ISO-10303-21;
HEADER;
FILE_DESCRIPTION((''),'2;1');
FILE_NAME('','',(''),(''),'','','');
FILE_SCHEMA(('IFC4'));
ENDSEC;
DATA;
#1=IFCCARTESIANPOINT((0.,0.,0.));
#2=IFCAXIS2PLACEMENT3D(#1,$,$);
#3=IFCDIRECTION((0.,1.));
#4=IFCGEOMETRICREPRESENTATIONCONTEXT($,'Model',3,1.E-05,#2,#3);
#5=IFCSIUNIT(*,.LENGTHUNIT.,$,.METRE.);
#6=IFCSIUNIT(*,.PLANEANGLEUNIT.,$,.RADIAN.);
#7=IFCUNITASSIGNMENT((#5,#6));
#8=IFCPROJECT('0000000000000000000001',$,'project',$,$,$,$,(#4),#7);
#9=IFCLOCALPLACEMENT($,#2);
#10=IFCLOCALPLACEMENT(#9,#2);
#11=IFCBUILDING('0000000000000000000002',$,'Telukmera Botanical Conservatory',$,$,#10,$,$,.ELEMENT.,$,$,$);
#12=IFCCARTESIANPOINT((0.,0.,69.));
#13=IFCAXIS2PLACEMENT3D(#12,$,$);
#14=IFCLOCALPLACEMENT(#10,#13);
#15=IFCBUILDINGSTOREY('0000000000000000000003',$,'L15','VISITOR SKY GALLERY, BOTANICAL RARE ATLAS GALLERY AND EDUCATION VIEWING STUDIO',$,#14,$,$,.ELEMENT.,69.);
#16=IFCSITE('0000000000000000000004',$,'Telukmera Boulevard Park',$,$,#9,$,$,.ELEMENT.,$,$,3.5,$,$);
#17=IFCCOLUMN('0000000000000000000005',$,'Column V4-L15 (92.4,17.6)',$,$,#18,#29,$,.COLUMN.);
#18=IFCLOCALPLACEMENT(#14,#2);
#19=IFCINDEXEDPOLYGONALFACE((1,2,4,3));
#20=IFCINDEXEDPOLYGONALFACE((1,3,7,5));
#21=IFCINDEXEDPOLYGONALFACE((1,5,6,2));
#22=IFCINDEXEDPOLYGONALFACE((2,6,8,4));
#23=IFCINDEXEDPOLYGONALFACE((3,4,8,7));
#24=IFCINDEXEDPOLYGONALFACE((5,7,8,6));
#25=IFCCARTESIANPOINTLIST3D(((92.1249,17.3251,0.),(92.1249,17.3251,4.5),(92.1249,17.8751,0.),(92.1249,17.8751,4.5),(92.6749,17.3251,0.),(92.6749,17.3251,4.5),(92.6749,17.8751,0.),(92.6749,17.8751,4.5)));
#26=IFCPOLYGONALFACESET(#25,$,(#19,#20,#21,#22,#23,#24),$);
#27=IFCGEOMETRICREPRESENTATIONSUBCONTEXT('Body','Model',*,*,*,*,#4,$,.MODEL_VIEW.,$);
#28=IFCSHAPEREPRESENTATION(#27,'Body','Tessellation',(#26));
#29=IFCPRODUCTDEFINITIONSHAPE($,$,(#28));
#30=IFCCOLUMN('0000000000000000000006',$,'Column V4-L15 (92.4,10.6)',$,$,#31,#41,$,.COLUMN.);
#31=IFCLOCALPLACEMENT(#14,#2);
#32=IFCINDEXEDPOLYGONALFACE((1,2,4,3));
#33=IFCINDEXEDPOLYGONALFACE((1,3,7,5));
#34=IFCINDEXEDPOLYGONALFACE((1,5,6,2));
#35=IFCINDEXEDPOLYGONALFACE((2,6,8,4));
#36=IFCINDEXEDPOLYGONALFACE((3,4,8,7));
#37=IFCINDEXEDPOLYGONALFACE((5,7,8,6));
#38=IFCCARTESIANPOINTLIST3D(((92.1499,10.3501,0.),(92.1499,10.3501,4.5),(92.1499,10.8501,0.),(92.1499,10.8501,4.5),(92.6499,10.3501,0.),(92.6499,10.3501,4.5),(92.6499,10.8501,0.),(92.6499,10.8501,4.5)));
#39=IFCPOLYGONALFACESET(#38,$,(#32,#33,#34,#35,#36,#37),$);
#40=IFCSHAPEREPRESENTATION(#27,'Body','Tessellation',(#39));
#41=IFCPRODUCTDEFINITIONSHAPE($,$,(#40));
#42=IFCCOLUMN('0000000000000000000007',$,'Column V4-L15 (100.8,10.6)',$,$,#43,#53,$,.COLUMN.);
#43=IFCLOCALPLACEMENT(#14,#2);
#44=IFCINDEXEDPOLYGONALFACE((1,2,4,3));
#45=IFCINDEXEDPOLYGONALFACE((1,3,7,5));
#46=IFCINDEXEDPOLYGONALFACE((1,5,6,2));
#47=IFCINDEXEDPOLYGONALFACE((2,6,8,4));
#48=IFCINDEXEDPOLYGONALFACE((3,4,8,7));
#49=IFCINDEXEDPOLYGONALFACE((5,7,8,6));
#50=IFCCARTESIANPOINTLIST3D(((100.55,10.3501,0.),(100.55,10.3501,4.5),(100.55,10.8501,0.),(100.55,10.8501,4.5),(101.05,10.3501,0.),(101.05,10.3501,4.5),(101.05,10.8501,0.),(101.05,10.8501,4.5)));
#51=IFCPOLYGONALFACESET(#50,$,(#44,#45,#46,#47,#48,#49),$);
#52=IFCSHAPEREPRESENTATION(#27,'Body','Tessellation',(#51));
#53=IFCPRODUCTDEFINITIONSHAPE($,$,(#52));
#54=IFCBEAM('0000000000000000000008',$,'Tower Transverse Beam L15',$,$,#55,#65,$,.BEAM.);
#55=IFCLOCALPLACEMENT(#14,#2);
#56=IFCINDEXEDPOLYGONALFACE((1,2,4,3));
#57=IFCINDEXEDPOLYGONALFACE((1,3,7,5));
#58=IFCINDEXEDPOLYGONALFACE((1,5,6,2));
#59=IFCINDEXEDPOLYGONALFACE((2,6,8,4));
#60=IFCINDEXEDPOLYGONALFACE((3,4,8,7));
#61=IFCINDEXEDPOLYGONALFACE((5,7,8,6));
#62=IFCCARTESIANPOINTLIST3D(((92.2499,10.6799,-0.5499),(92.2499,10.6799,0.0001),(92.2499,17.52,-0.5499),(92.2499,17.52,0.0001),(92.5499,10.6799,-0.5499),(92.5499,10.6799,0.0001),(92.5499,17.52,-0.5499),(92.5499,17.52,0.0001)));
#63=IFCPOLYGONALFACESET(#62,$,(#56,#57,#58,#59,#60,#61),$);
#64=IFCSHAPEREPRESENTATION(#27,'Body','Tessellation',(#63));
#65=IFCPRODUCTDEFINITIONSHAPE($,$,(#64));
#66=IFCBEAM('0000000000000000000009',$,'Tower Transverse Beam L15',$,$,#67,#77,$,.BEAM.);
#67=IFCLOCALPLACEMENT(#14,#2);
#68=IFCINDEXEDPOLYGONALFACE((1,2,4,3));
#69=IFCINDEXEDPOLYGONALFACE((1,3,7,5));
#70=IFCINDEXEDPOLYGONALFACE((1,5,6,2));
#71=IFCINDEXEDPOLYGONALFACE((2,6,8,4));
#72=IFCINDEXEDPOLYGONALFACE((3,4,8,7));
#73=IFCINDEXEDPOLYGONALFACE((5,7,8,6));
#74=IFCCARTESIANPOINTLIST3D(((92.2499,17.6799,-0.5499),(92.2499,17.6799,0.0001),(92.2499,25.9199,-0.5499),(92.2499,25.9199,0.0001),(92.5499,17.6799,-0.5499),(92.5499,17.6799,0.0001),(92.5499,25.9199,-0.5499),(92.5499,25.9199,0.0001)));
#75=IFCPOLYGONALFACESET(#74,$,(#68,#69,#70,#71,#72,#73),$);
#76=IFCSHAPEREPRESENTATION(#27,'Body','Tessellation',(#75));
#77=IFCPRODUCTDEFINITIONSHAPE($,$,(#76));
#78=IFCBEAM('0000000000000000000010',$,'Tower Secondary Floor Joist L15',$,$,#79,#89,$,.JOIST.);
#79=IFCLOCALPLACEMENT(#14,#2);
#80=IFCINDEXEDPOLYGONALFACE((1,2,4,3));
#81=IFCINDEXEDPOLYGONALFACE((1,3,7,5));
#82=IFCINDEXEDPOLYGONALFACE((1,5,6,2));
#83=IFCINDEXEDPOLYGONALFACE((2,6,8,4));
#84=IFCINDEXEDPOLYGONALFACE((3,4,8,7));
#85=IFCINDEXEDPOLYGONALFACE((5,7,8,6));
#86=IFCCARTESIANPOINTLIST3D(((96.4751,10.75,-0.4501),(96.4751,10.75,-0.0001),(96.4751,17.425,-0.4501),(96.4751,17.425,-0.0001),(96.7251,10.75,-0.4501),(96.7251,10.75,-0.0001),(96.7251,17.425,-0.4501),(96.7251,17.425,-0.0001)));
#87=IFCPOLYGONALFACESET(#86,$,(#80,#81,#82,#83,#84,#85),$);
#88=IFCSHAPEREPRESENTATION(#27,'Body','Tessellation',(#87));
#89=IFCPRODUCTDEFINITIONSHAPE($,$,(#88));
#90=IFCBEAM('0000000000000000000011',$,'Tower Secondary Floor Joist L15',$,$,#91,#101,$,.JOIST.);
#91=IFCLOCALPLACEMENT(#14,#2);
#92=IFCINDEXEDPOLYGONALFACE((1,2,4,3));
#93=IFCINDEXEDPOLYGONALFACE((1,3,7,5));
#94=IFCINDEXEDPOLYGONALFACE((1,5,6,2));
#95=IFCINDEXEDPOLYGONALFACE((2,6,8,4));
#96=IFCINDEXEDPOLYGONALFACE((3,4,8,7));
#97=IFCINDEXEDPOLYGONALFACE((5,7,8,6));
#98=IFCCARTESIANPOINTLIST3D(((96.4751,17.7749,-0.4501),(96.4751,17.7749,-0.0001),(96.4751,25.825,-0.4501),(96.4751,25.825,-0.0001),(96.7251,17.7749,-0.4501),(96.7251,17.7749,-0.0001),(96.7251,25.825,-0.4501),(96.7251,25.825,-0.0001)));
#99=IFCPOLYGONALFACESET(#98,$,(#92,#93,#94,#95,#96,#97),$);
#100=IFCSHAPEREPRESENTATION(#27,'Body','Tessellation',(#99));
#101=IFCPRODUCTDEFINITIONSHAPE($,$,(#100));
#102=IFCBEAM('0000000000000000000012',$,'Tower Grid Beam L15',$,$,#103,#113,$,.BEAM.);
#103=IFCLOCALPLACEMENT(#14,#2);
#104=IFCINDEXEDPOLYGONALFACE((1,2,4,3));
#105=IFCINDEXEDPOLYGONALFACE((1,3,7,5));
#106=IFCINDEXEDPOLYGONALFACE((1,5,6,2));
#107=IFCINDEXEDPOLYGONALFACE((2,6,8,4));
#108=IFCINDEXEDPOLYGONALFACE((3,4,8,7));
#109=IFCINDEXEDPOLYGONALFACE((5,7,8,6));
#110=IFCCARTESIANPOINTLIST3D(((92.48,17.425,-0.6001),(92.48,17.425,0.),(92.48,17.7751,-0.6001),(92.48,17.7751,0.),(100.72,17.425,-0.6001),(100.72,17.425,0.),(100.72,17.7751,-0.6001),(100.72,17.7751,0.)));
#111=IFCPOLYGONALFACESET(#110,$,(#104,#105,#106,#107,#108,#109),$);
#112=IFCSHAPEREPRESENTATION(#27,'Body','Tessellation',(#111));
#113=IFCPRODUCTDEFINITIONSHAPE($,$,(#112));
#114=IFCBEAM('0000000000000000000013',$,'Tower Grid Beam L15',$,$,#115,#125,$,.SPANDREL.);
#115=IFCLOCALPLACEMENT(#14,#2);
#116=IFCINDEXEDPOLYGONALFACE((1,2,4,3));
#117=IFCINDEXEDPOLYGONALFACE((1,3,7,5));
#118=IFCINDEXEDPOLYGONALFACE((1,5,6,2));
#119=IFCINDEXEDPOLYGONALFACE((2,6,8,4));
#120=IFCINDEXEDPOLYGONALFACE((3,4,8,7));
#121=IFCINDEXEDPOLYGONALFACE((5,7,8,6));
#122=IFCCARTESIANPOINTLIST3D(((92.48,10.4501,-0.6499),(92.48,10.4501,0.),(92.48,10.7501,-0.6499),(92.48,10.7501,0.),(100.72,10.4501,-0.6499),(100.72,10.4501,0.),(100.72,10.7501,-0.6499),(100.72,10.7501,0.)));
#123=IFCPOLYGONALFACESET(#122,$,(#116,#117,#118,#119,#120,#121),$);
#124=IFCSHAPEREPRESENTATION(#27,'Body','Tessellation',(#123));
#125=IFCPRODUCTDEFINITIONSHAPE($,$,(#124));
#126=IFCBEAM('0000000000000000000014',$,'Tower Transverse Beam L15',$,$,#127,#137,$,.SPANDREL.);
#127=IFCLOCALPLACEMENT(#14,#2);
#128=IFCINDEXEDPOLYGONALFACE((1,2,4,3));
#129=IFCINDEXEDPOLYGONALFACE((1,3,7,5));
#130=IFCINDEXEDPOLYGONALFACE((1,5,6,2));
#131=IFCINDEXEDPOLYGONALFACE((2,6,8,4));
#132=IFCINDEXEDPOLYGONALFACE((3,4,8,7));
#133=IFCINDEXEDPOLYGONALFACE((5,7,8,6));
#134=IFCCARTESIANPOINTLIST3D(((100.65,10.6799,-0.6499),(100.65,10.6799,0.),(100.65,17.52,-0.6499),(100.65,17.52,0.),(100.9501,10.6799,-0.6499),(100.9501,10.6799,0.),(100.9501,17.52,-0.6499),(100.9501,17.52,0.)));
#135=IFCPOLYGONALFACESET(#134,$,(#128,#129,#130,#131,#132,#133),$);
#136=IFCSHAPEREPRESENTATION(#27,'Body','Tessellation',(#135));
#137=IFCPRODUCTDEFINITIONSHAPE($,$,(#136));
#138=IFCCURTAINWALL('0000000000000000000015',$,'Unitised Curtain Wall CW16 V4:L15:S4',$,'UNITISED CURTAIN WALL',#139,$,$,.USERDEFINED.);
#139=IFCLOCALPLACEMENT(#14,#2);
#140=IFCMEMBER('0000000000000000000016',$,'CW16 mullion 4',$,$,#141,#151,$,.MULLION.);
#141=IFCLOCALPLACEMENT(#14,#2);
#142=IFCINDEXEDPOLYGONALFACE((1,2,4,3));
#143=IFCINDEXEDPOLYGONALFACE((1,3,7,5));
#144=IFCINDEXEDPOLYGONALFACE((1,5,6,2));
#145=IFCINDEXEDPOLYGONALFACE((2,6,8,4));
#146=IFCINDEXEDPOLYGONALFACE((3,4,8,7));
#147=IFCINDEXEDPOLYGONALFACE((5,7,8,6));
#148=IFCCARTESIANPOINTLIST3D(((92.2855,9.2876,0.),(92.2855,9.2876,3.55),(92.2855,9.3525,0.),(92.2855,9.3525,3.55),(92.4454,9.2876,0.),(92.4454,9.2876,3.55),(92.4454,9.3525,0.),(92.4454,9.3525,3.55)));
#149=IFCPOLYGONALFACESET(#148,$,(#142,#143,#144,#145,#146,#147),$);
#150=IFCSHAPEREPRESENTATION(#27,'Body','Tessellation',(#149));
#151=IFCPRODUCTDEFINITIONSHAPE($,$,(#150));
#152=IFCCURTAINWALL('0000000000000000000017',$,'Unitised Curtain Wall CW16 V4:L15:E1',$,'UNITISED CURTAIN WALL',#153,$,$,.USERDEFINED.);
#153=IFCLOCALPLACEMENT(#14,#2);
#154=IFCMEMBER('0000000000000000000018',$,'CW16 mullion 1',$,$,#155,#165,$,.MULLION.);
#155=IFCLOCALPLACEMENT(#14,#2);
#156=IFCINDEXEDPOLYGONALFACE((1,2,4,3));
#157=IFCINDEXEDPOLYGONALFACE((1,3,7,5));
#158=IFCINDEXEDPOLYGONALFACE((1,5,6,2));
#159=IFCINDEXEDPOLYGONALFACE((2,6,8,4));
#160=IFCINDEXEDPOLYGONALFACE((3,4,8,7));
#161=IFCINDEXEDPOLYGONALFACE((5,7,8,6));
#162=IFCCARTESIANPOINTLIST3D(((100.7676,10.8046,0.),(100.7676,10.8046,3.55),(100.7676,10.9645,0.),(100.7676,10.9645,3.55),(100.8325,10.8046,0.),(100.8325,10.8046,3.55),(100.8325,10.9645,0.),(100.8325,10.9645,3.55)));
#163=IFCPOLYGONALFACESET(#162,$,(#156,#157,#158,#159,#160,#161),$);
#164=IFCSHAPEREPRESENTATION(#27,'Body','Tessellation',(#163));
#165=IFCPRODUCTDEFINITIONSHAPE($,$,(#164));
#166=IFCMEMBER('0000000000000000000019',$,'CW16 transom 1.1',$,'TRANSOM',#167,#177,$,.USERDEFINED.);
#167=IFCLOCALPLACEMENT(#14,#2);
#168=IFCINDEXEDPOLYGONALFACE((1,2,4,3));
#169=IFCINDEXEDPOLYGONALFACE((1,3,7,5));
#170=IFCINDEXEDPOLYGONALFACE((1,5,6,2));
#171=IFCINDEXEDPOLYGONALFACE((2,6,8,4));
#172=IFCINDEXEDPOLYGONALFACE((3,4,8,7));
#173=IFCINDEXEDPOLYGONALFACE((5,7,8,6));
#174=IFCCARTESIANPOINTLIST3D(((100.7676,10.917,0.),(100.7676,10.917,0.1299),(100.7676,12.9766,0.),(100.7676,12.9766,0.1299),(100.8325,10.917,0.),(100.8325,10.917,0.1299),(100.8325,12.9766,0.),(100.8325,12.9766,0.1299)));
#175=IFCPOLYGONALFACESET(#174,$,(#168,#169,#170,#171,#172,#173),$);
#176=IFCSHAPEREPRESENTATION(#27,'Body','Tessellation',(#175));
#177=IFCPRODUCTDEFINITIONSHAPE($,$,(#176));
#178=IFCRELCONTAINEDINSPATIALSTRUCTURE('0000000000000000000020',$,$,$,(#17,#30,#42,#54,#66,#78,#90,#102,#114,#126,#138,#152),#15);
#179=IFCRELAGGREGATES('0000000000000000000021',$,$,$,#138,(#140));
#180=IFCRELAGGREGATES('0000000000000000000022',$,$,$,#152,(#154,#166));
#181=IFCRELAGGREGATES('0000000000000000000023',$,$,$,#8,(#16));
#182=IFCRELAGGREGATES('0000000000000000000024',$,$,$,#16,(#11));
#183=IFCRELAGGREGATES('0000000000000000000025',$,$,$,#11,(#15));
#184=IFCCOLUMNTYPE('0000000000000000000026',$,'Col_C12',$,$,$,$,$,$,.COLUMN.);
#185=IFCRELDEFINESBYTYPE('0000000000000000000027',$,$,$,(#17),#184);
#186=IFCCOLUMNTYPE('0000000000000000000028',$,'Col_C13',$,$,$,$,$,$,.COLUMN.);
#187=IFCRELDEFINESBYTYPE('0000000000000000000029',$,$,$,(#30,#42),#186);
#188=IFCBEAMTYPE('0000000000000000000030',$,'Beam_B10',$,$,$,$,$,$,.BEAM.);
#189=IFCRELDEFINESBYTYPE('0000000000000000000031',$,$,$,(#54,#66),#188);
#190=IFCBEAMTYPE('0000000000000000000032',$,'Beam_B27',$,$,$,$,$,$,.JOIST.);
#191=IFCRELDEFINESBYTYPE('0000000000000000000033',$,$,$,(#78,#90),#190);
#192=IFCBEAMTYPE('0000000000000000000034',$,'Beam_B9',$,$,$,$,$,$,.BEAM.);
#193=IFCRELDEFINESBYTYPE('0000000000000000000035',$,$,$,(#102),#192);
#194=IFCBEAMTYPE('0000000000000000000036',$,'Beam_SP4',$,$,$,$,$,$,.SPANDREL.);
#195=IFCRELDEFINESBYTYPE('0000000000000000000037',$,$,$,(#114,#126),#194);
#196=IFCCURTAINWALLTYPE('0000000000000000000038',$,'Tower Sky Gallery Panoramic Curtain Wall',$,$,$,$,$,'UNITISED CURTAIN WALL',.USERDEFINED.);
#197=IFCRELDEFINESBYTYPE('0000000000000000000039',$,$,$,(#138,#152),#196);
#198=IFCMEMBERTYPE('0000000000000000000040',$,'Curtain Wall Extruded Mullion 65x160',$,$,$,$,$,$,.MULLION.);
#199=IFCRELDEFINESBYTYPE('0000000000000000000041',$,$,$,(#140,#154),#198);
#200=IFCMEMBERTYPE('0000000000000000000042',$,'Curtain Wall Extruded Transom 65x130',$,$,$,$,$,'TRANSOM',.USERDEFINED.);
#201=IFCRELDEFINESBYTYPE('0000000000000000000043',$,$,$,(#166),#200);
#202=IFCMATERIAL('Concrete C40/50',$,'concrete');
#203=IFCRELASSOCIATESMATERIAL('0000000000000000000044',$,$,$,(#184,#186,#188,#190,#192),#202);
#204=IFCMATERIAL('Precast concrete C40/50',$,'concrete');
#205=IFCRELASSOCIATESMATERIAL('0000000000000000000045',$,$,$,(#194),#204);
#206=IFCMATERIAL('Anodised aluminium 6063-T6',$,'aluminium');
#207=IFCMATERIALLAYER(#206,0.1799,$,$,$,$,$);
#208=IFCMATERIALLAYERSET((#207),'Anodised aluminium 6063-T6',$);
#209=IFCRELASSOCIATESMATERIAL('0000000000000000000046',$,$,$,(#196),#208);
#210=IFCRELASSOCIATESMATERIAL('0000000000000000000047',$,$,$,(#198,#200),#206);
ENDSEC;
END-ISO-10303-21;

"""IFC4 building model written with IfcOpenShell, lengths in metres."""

from ifc_helpers import new_model, si_unit, direction, frame, origin, origin_2d, place, context, subcontext, project, spatial, rectangle, extrude, material, layer, layer_set, material_profile, profile_set, type_object, element, aggregate, save


model = new_model("IFC4")

# Units and contexts
model_context = context("Model", 3, precision=1e-05, world=origin(), true_north=direction((0.0, 1.0)))
body_context = subcontext(model_context, "Body", "Model", "MODEL_VIEW")
ifc_project = project(units=[si_unit("LENGTHUNIT", "METRE"), si_unit("PLANEANGLEUNIT", "RADIAN")], contexts=[model_context])

# Site, building, storey
site_placement = place(None, origin())
site = spatial("IfcSite", under=ifc_project, at=site_placement, Name="Telukmera Boulevard Park", CompositionType="ELEMENT", RefElevation=3.5)
building_placement = place(site_placement, origin())
building = spatial("IfcBuilding", under=site, at=building_placement, Name="Telukmera Botanical Conservatory", CompositionType="ELEMENT")
storey_placement = place(building_placement, frame((0.0, 0.0, 69.0)))
storey = spatial("IfcBuildingStorey", under=building, at=storey_placement, Name="L15", Description="VISITOR SKY GALLERY, BOTANICAL RARE ATLAS GALLERY AND EDUCATION VIEWING STUDIO", CompositionType="ELEMENT", Elevation=69.0)

# Columns
ifc_material_1 = material(Name="Concrete C40/50", Category="concrete")
ifc_material_profile_1 = material_profile(ifc_material_1, rectangle(XDim=0.55, YDim=0.55, at=origin_2d()), Name="RC 550x550")
ifc_profile_set_1 = profile_set([ifc_material_profile_1], Name="Concrete C40/50")
column_type_1 = type_object("IfcColumnType", Name="Col_C12", PredefinedType="COLUMN", material=ifc_profile_set_1)
column_placement = place(storey_placement, frame((92.3999, 17.6001, 0.0), z_axis=(0.0, 0.0, 1.0), x_axis=(1.0, 0.0, 0.0)))
element("IfcColumn", 1, at=column_placement, inside=storey, type_object=column_type_1, Name="Column V4-L15 (92.4,17.6)", PredefinedType="COLUMN", context=body_context, shape_type="SweptSolid", body=[
    extrude(rectangle(XDim=0.55, YDim=0.55, at=origin_2d()), origin(), (0.0, 0.0, 1.0), 4.5),
])
ifc_material_profile_2 = material_profile(ifc_material_1, rectangle(XDim=0.5, YDim=0.5, at=origin_2d()), Name="RC 500x500")
ifc_profile_set_2 = profile_set([ifc_material_profile_2], Name="Concrete C40/50")
column_type_2 = type_object("IfcColumnType", Name="Col_C13", PredefinedType="COLUMN", material=ifc_profile_set_2)
for number, where, z_axis, x_axis, name in (
    (2, (92.3999, 10.6001, 0.0), (0.0, 0.0, 1.0), (1.0, 0.0, 0.0), "Column V4-L15 (92.4,10.6)"),
    (3, (100.8, 10.6001, 0.0), (0.0, 0.0, 1.0), (1.0, 0.0, 0.0), "Column V4-L15 (100.8,10.6)"),
):
    element("IfcColumn", number, at=place(storey_placement, frame(where, z_axis=z_axis, x_axis=x_axis)), inside=storey, type_object=column_type_2, Name=name, PredefinedType="COLUMN", context=body_context, shape_type="SweptSolid", body=[
        extrude(rectangle(XDim=0.5, YDim=0.5, at=origin_2d()), origin(), (0.0, 0.0, 1.0), 4.5),
    ])

# Beams
ifc_material_profile_3 = material_profile(ifc_material_1, rectangle(XDim=0.3, YDim=0.55, at=origin_2d()), Name="RC 300x550")
ifc_profile_set_3 = profile_set([ifc_material_profile_3], Name="Concrete C40/50")
beam_type_1 = type_object("IfcBeamType", Name="Beam_B10", PredefinedType="BEAM", material=ifc_profile_set_3)
beam_1_placement = place(storey_placement, frame((92.3999, 10.6799, -0.2749), z_axis=(0.0, 1.0, 0.0), x_axis=(-1.0, 0.0, 0.0)))
element("IfcBeam", 4, at=beam_1_placement, inside=storey, type_object=beam_type_1, Name="Tower Transverse Beam L15", PredefinedType="BEAM", context=body_context, shape_type="SweptSolid", body=[
    extrude(rectangle(XDim=0.3, YDim=0.55, at=origin_2d()), origin(), (0.0, 0.0, 1.0), 6.8401),
])
beam_2_placement = place(storey_placement, frame((92.3999, 17.6799, -0.2749), z_axis=(0.0, 1.0, 0.0), x_axis=(-1.0, 0.0, 0.0)))
element("IfcBeam", 5, at=beam_2_placement, inside=storey, type_object=beam_type_1, Name="Tower Transverse Beam L15", PredefinedType="BEAM", context=body_context, shape_type="SweptSolid", body=[
    extrude(rectangle(XDim=0.3, YDim=0.55, at=origin_2d()), origin(), (0.0, 0.0, 1.0), 8.24),
])
ifc_material_profile_4 = material_profile(ifc_material_1, rectangle(XDim=0.25, YDim=0.45, at=origin_2d()), Name="RC 250x450")
ifc_profile_set_4 = profile_set([ifc_material_profile_4], Name="Concrete C40/50")
beam_type_2 = type_object("IfcBeamType", Name="Beam_B27", PredefinedType="JOIST", material=ifc_profile_set_4)
beam_3_placement = place(storey_placement, frame((96.6001, 10.75, -0.2251), z_axis=(0.0, 1.0, 0.0), x_axis=(-1.0, 0.0, 0.0)))
element("IfcBeam", 6, at=beam_3_placement, inside=storey, type_object=beam_type_2, Name="Tower Secondary Floor Joist L15", PredefinedType="JOIST", context=body_context, shape_type="SweptSolid", body=[
    extrude(rectangle(XDim=0.25, YDim=0.45, at=origin_2d()), origin(), (0.0, 0.0, 1.0), 6.675),
])
beam_4_placement = place(storey_placement, frame((96.6001, 17.7749, -0.2251), z_axis=(0.0, 1.0, 0.0), x_axis=(-1.0, 0.0, 0.0)))
element("IfcBeam", 7, at=beam_4_placement, inside=storey, type_object=beam_type_2, Name="Tower Secondary Floor Joist L15", PredefinedType="JOIST", context=body_context, shape_type="SweptSolid", body=[
    extrude(rectangle(XDim=0.25, YDim=0.45, at=origin_2d()), origin(), (0.0, 0.0, 1.0), 8.05),
])
ifc_material_profile_5 = material_profile(ifc_material_1, rectangle(XDim=0.3501, YDim=0.6001, at=origin_2d()), Name="RC 350x600")
ifc_profile_set_5 = profile_set([ifc_material_profile_5], Name="Concrete C40/50")
beam_type_3 = type_object("IfcBeamType", Name="Beam_B9", PredefinedType="BEAM", material=ifc_profile_set_5)
beam_5_placement = place(storey_placement, frame((92.48, 17.6001, -0.3), z_axis=(1.0, 0.0, 0.0), x_axis=(0.0, 1.0, 0.0)))
element("IfcBeam", 8, at=beam_5_placement, inside=storey, type_object=beam_type_3, Name="Tower Grid Beam L15", PredefinedType="BEAM", context=body_context, shape_type="SweptSolid", body=[
    extrude(rectangle(XDim=0.3501, YDim=0.6001, at=origin_2d()), origin(), (0.0, 0.0, 1.0), 8.24),
])
ifc_material_2 = material(Name="Precast concrete C40/50", Category="concrete")
ifc_material_profile_6 = material_profile(ifc_material_2, rectangle(XDim=0.3, YDim=0.6499, at=origin_2d()), Name="PC 300x650")
ifc_profile_set_6 = profile_set([ifc_material_profile_6], Name="Precast concrete C40/50")
beam_type_4 = type_object("IfcBeamType", Name="Beam_SP4", PredefinedType="SPANDREL", material=ifc_profile_set_6)
beam_6_placement = place(storey_placement, frame((92.48, 10.6001, -0.325), z_axis=(1.0, 0.0, 0.0), x_axis=(0.0, 1.0, 0.0)))
element("IfcBeam", 9, at=beam_6_placement, inside=storey, type_object=beam_type_4, Name="Tower Grid Beam L15", PredefinedType="SPANDREL", context=body_context, shape_type="SweptSolid", body=[
    extrude(rectangle(XDim=0.3, YDim=0.6499, at=origin_2d()), origin(), (0.0, 0.0, 1.0), 8.24),
])
beam_7_placement = place(storey_placement, frame((100.8, 10.6799, -0.325), z_axis=(0.0, 1.0, 0.0), x_axis=(-1.0, 0.0, 0.0)))
element("IfcBeam", 10, at=beam_7_placement, inside=storey, type_object=beam_type_4, Name="Tower Transverse Beam L15", PredefinedType="SPANDREL", context=body_context, shape_type="SweptSolid", body=[
    extrude(rectangle(XDim=0.3, YDim=0.6499, at=origin_2d()), origin(), (0.0, 0.0, 1.0), 6.8401),
])

# Curtain wall, member
ifc_material_3 = material(Name="Anodised aluminium 6063-T6", Category="aluminium")
ifc_layer_1 = layer(ifc_material_3, 0.1799)
ifc_layer_set_1 = layer_set([ifc_layer_1], Name="Anodised aluminium 6063-T6")
curtain_wall_type = type_object("IfcCurtainWallType", Name="Tower Sky Gallery Panoramic Curtain Wall", ElementType="UNITISED CURTAIN WALL", PredefinedType="USERDEFINED", material=ifc_layer_set_1)
curtain_wall_1_placement = place(storey_placement, origin())
curtain_wall_1 = element("IfcCurtainWall", 11, at=curtain_wall_1_placement, inside=storey, type_object=curtain_wall_type, Name="Unitised Curtain Wall CW16 V4:L15:S4", ObjectType="UNITISED CURTAIN WALL", PredefinedType="USERDEFINED")
ifc_material_profile_7 = material_profile(ifc_material_3, rectangle(XDim=0.0649, YDim=0.1599, at=origin_2d()), Name="ALU MULL 65x160")
ifc_profile_set_7 = profile_set([ifc_material_profile_7], Name="Anodised aluminium 6063-T6")
member_type_1 = type_object("IfcMemberType", Name="Curtain Wall Extruded Mullion 65x160", PredefinedType="MULLION", material=ifc_profile_set_7)
member_1_placement = place(storey_placement, frame((92.3655, 9.3201, 0.0), z_axis=(0.0, 0.0, 1.0), x_axis=(0.0, 1.0, 0.0)))
member_1 = element("IfcMember", 12, at=member_1_placement, type_object=member_type_1, Name="CW16 mullion 4", PredefinedType="MULLION", context=body_context, shape_type="SweptSolid", body=[
    extrude(rectangle(XDim=0.0649, YDim=0.1599, at=origin_2d()), origin(), (0.0, 0.0, 1.0), 3.55),
])
aggregate(curtain_wall_1, [member_1])

# Curtain wall, members
curtain_wall_2_placement = place(storey_placement, origin())
curtain_wall_2 = element("IfcCurtainWall", 13, at=curtain_wall_2_placement, inside=storey, type_object=curtain_wall_type, Name="Unitised Curtain Wall CW16 V4:L15:E1", ObjectType="UNITISED CURTAIN WALL", PredefinedType="USERDEFINED")
member_2_placement = place(storey_placement, frame((100.8, 10.8845, 0.0), z_axis=(0.0, 0.0, 1.0), x_axis=(-1.0, 0.0, 0.0)))
member_2 = element("IfcMember", 14, at=member_2_placement, type_object=member_type_1, Name="CW16 mullion 1", PredefinedType="MULLION", context=body_context, shape_type="SweptSolid", body=[
    extrude(rectangle(XDim=0.0649, YDim=0.1599, at=origin_2d()), origin(), (0.0, 0.0, 1.0), 3.55),
])
ifc_material_profile_8 = material_profile(ifc_material_3, rectangle(XDim=0.0649, YDim=0.1299, at=origin_2d()), Name="ALU TRAN 65x130")
ifc_profile_set_8 = profile_set([ifc_material_profile_8], Name="Anodised aluminium 6063-T6")
member_type_2 = type_object("IfcMemberType", Name="Curtain Wall Extruded Transom 65x130", ElementType="TRANSOM", PredefinedType="USERDEFINED", material=ifc_profile_set_8)
member_3_placement = place(storey_placement, frame((100.8, 10.917, 0.0649), z_axis=(0.0, 1.0, 0.0), x_axis=(-1.0, 0.0, 0.0)))
member_3 = element("IfcMember", 15, at=member_3_placement, type_object=member_type_2, Name="CW16 transom 1.1", ObjectType="TRANSOM", PredefinedType="USERDEFINED", context=body_context, shape_type="SweptSolid", body=[
    extrude(rectangle(XDim=0.0649, YDim=0.1299, at=origin_2d()), origin(), (0.0, 0.0, 1.0), 2.0596),
])
aggregate(curtain_wall_2, [member_2, member_3])

save(model, "model.ifc")
